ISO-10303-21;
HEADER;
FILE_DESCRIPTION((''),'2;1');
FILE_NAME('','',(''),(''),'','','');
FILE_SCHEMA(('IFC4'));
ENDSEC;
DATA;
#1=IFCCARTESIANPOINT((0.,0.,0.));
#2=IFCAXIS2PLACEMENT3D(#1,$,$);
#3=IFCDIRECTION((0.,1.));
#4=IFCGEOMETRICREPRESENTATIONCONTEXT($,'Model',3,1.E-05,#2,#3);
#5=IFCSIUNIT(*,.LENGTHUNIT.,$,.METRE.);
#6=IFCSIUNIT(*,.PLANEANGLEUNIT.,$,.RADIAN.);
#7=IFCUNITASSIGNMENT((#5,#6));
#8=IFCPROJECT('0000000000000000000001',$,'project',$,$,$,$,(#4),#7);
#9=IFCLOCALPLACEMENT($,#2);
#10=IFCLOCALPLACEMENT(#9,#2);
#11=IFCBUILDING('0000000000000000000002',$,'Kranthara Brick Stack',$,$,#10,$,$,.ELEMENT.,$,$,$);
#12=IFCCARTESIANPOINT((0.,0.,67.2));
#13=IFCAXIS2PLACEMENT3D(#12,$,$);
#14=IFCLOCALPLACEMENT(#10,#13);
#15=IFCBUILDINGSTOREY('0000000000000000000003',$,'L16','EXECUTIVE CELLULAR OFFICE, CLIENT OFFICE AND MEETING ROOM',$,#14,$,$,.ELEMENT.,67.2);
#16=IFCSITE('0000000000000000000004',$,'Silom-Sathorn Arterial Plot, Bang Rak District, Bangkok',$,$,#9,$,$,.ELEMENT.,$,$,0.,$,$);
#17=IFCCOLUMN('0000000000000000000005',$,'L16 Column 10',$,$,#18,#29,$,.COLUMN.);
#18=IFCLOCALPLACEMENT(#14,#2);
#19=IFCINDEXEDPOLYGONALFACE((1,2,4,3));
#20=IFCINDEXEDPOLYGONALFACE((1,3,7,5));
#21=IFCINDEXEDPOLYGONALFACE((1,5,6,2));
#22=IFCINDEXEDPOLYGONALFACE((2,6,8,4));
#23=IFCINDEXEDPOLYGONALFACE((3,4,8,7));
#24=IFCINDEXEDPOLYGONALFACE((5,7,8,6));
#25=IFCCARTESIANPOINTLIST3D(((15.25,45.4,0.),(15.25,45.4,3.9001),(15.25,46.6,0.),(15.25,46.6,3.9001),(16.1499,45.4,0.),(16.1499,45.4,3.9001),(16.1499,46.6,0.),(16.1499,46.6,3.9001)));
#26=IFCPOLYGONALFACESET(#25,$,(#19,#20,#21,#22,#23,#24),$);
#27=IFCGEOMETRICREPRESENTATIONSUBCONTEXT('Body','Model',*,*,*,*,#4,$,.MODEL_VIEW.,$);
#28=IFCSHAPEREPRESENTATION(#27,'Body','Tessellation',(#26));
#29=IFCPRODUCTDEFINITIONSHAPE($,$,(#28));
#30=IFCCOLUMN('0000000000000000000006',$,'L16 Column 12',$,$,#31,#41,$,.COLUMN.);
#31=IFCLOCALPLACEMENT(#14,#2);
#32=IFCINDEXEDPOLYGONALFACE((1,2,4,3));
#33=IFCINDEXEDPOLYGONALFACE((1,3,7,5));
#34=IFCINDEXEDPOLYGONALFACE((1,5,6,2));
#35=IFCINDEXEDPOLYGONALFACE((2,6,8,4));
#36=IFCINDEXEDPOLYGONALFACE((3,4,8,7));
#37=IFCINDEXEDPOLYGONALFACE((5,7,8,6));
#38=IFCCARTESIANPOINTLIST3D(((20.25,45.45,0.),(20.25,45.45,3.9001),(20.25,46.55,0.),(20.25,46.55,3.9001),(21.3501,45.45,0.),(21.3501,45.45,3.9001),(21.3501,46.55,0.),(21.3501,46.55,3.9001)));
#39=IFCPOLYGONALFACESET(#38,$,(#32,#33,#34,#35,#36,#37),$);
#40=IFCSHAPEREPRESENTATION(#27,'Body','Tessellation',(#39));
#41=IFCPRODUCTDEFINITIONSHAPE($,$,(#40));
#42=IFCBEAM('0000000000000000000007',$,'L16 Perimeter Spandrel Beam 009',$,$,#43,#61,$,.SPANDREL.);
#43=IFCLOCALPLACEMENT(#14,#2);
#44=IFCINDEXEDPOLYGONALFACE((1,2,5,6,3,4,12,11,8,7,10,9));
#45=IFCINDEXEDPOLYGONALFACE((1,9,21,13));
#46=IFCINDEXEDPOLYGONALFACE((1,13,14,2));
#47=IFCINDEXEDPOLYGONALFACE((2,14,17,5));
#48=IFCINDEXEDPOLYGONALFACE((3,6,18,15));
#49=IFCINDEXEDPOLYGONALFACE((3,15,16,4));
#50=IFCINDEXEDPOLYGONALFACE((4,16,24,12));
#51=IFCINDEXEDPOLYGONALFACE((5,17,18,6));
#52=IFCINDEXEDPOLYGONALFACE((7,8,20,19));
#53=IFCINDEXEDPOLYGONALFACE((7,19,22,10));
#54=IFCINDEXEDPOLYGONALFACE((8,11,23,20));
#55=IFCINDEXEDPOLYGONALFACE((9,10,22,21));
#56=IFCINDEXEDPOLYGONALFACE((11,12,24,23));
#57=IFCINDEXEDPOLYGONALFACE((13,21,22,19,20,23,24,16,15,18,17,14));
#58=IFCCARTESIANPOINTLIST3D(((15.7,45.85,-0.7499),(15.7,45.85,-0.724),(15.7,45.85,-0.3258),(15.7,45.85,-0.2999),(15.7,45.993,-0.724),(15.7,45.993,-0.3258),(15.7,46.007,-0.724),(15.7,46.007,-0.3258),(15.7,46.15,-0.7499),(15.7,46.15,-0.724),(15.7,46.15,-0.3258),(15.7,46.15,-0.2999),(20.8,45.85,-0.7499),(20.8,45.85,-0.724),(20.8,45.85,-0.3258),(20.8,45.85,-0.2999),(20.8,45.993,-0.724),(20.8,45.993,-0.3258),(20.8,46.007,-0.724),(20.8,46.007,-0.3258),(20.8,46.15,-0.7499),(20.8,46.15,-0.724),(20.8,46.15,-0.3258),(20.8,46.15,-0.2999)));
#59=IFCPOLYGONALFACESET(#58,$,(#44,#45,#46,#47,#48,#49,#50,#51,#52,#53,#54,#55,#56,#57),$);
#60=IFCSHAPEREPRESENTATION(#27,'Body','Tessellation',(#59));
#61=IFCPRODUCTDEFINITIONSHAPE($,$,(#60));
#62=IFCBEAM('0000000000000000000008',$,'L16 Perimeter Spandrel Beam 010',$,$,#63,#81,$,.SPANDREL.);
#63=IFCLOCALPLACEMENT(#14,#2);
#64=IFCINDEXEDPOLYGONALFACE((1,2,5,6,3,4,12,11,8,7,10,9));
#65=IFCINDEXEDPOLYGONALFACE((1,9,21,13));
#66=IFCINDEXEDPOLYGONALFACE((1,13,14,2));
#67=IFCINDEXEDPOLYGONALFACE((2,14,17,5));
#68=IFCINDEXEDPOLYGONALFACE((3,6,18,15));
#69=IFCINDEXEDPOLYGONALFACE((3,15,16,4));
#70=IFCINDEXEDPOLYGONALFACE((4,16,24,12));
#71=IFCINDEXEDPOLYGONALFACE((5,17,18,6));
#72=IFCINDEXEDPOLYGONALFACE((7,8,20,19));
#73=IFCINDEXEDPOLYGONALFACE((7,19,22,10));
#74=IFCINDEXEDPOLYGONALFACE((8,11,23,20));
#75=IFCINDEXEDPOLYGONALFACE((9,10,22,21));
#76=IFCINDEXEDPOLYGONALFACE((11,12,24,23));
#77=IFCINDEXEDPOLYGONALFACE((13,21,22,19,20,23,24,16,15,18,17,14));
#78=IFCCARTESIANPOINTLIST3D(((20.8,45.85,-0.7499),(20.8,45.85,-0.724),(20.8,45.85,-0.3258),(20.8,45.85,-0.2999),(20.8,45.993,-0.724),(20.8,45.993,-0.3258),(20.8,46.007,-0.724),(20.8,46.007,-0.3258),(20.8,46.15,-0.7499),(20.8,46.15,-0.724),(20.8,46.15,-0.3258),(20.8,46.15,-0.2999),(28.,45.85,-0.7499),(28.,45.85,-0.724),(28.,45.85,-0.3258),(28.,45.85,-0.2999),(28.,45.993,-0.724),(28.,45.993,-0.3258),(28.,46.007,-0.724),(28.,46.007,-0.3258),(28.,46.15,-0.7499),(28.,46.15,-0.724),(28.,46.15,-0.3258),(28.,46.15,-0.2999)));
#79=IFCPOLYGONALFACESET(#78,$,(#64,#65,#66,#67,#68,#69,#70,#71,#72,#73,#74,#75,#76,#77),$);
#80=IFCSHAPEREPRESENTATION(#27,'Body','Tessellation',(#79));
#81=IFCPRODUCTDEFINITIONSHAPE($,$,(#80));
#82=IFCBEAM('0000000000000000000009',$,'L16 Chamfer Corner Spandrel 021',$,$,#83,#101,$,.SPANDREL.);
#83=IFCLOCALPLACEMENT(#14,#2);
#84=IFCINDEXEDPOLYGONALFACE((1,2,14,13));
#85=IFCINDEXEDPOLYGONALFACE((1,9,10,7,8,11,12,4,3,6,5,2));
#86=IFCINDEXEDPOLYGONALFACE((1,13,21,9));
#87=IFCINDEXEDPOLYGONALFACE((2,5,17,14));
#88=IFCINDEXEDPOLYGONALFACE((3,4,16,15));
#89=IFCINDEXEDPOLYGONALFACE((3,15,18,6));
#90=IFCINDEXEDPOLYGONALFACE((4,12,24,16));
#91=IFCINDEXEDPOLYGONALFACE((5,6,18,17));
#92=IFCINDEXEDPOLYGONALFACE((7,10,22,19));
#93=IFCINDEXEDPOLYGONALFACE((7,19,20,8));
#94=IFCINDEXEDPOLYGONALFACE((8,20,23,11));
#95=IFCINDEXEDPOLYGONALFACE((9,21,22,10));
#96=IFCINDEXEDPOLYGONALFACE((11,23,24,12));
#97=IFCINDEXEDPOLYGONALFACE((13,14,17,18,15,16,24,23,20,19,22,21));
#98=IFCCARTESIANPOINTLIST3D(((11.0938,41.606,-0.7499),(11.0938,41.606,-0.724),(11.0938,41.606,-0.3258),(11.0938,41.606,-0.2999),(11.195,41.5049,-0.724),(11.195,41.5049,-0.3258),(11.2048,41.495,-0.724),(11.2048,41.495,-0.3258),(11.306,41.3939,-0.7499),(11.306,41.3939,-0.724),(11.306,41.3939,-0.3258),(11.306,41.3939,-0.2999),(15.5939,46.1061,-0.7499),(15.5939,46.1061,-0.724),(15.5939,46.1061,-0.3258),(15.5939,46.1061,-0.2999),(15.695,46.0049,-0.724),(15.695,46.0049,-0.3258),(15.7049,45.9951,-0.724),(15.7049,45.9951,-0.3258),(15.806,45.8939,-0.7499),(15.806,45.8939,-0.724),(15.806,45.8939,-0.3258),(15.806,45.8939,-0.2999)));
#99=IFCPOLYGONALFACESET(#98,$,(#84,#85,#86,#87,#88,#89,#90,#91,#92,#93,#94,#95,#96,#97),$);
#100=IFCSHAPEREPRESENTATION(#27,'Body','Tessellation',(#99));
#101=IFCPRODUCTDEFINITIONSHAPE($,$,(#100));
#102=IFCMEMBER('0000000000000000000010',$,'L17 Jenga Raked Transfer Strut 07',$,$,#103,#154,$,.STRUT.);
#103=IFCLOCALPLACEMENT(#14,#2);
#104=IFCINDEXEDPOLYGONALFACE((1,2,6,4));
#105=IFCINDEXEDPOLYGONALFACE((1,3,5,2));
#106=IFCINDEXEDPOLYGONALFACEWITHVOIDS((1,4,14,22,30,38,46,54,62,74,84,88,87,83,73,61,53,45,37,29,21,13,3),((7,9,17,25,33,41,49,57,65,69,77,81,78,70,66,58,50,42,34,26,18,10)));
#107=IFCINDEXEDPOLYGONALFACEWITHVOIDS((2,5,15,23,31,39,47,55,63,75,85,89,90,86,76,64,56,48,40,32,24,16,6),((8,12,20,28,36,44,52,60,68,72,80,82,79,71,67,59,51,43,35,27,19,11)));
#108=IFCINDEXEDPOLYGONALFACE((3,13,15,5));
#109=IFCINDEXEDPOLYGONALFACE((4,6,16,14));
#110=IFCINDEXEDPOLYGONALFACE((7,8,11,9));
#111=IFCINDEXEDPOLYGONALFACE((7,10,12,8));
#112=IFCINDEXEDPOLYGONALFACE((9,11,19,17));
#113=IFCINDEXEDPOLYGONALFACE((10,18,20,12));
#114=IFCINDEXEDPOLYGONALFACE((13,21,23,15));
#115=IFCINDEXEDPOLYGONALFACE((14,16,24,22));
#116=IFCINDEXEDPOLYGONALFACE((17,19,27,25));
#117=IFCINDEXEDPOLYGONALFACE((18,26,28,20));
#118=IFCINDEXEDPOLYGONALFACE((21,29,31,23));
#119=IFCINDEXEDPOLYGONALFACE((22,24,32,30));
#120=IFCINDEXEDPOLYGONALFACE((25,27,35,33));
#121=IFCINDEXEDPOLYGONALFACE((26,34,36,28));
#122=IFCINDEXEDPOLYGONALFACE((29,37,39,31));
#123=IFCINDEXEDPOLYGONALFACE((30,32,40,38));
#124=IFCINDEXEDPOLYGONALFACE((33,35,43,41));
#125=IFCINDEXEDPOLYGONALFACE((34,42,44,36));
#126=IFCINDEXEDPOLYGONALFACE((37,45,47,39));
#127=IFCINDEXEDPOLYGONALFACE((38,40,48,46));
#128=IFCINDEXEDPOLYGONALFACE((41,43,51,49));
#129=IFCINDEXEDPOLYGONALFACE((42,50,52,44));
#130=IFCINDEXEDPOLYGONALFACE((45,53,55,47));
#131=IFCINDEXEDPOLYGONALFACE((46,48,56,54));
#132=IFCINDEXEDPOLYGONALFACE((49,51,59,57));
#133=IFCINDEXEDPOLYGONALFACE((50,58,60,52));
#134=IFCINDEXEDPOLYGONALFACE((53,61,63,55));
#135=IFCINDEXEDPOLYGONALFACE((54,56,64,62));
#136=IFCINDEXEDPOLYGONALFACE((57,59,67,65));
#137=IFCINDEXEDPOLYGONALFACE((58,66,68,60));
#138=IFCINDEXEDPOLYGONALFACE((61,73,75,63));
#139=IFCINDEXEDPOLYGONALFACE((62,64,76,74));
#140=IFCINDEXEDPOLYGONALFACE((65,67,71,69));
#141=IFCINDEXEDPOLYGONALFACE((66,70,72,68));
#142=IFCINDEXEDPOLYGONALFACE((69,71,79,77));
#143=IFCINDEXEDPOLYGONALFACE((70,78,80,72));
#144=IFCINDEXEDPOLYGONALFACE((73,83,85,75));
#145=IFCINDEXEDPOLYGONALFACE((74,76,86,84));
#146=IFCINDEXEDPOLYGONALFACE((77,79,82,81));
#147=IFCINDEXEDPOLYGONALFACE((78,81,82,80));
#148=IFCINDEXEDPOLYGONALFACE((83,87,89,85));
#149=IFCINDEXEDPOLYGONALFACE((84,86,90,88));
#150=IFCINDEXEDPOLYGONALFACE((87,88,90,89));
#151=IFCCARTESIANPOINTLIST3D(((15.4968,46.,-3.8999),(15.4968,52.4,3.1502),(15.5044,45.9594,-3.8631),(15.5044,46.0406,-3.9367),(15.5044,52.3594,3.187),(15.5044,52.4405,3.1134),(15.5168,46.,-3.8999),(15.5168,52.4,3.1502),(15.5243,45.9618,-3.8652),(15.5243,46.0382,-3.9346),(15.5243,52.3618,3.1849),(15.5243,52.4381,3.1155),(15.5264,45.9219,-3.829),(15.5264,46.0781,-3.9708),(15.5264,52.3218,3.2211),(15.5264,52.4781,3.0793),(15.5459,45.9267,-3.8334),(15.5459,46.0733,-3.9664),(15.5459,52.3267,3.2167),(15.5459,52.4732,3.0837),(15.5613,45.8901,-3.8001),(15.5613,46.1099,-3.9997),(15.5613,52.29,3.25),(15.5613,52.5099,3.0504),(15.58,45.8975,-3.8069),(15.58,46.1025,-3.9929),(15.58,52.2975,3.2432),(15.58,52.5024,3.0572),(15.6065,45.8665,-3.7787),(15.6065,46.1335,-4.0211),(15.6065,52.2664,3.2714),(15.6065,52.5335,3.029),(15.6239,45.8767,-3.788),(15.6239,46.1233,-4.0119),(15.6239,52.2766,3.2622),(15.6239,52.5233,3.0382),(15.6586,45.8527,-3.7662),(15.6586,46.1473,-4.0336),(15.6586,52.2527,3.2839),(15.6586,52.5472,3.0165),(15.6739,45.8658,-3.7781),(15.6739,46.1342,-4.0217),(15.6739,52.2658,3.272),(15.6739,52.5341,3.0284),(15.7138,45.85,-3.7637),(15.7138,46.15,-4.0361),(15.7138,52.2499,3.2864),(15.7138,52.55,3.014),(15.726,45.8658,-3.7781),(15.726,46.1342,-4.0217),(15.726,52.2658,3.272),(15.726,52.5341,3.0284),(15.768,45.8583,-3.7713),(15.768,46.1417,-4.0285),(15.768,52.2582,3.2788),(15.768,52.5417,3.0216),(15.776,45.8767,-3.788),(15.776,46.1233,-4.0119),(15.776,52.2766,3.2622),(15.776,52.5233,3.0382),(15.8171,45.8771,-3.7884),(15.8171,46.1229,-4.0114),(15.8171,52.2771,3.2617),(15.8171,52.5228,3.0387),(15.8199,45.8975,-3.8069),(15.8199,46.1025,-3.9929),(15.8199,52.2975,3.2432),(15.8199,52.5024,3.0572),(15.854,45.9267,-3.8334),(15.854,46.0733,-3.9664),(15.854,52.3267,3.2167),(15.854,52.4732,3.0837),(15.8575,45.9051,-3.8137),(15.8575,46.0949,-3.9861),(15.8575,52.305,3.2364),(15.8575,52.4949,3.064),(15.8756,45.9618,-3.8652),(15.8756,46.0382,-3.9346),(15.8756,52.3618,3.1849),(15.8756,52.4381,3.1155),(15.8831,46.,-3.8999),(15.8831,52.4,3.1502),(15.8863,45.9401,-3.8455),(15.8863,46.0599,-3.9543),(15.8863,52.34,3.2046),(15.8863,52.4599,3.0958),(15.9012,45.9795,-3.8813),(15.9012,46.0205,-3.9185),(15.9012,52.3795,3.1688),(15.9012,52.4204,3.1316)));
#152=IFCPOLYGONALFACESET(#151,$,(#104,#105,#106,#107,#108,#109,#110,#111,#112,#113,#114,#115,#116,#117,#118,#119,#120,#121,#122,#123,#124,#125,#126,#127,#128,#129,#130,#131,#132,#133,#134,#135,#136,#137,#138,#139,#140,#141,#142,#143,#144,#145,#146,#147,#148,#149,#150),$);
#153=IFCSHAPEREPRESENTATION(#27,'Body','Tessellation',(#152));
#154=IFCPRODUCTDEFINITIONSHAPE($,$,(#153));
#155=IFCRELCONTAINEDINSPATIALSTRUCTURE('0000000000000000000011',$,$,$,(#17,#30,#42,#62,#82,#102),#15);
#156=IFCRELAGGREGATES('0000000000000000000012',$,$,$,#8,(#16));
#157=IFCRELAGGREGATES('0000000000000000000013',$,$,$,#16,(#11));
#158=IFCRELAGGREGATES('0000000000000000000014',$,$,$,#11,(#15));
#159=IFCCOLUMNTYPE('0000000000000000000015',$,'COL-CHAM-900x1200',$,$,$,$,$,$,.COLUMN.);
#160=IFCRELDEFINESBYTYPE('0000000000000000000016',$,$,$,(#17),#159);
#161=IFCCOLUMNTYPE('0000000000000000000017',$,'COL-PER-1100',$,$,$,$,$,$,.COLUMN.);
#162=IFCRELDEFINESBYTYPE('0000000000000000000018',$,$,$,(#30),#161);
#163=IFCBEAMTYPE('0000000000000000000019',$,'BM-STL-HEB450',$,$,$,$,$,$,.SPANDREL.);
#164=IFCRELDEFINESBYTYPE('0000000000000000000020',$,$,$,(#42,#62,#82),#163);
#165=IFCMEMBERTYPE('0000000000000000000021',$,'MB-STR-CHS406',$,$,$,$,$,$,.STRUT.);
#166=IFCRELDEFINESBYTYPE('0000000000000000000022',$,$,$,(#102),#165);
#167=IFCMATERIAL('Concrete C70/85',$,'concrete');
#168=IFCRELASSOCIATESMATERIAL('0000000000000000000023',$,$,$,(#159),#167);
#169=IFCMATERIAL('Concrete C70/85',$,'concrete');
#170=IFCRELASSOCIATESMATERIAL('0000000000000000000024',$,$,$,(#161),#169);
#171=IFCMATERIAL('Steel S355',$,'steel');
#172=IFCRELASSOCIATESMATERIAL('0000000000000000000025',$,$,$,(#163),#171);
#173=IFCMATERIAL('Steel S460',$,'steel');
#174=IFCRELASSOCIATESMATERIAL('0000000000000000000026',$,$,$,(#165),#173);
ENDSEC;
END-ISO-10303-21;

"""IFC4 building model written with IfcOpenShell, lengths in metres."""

from ifc_helpers import new_model, si_unit, direction, frame, origin, origin_2d, place, context, subcontext, project, spatial, rectangle, hollow_circle, i_section, extrude, material, material_profile, profile_set, type_object, element, save


model = new_model("IFC4")

# Units and contexts
model_context = context("Model", 3, precision=1e-05, world=origin(), true_north=direction((0.0, 1.0)))
body_context = subcontext(model_context, "Body", "Model", "MODEL_VIEW")
ifc_project = project(units=[si_unit("LENGTHUNIT", "METRE"), si_unit("PLANEANGLEUNIT", "RADIAN")], contexts=[model_context])

# Site, building, storey
site_placement = place(None, origin())
site = spatial("IfcSite", under=ifc_project, at=site_placement, Name="Silom-Sathorn Arterial Plot, Bang Rak District, Bangkok", CompositionType="ELEMENT", RefElevation=0.0)
building_placement = place(site_placement, origin())
building = spatial("IfcBuilding", under=site, at=building_placement, Name="Kranthara Brick Stack", CompositionType="ELEMENT")
storey_placement = place(building_placement, frame((0.0, 0.0, 67.2)))
storey = spatial("IfcBuildingStorey", under=building, at=storey_placement, Name="L16", Description="EXECUTIVE CELLULAR OFFICE, CLIENT OFFICE AND MEETING ROOM", CompositionType="ELEMENT", Elevation=67.2)

# Columns
ifc_material_1 = material(Name="Concrete C70/85", Category="concrete")
ifc_material_profile_1 = material_profile(ifc_material_1, rectangle(XDim=0.8999, YDim=1.2, at=origin_2d()), Name="RC 900x1200")
ifc_profile_set_1 = profile_set([ifc_material_profile_1], Name="Concrete C70/85")
column_type_1 = type_object("IfcColumnType", Name="COL-CHAM-900x1200", PredefinedType="COLUMN", material=ifc_profile_set_1)
column_1_placement = place(storey_placement, frame((15.7, 46.0, 0.0), z_axis=(0.0, 0.0, 1.0), x_axis=(1.0, 0.0, 0.0)))
element("IfcColumn", 1, at=column_1_placement, inside=storey, type_object=column_type_1, Name="L16 Column 10", PredefinedType="COLUMN", context=body_context, shape_type="SweptSolid", body=[
    extrude(rectangle(XDim=0.8999, YDim=1.2, at=origin_2d()), origin(), (0.0, 0.0, 1.0), 3.9001),
])
ifc_material_2 = material(Name="Concrete C70/85", Category="concrete")
ifc_material_profile_2 = material_profile(ifc_material_2, rectangle(XDim=1.1001, YDim=1.1001, at=origin_2d()), Name="RC 1100x1100")
ifc_profile_set_2 = profile_set([ifc_material_profile_2], Name="Concrete C70/85")
column_type_2 = type_object("IfcColumnType", Name="COL-PER-1100", PredefinedType="COLUMN", material=ifc_profile_set_2)
column_2_placement = place(storey_placement, frame((20.8, 46.0, 0.0), z_axis=(0.0, 0.0, 1.0), x_axis=(1.0, 0.0, 0.0)))
element("IfcColumn", 2, at=column_2_placement, inside=storey, type_object=column_type_2, Name="L16 Column 12", PredefinedType="COLUMN", context=body_context, shape_type="SweptSolid", body=[
    extrude(rectangle(XDim=1.1001, YDim=1.1001, at=origin_2d()), origin(), (0.0, 0.0, 1.0), 3.9001),
])

# Beams
ifc_material_3 = material(Name="Steel S355", Category="steel")
ifc_material_profile_3 = material_profile(ifc_material_3, i_section(OverallWidth=0.3, OverallDepth=0.45, WebThickness=0.0139, FlangeThickness=0.0259, at=origin_2d()), Name="HEB 450")
ifc_profile_set_3 = profile_set([ifc_material_profile_3], Name="Steel S355")
beam_type = type_object("IfcBeamType", Name="BM-STL-HEB450", PredefinedType="SPANDREL", material=ifc_profile_set_3)
beam_1_placement = place(storey_placement, frame((15.7, 46.0, -0.5249), z_axis=(1.0, 0.0, 0.0), x_axis=(0.0, 1.0, 0.0)))
element("IfcBeam", 3, at=beam_1_placement, inside=storey, type_object=beam_type, Name="L16 Perimeter Spandrel Beam 009", PredefinedType="SPANDREL", context=body_context, shape_type="SweptSolid", body=[
    extrude(i_section(OverallWidth=0.3, OverallDepth=0.45, WebThickness=0.0139, FlangeThickness=0.0259, at=origin_2d()), origin(), (0.0, 0.0, 1.0), 5.1001),
])
beam_2_placement = place(storey_placement, frame((20.8, 46.0, -0.5249), z_axis=(1.0, 0.0, 0.0), x_axis=(0.0, 1.0, 0.0)))
element("IfcBeam", 4, at=beam_2_placement, inside=storey, type_object=beam_type, Name="L16 Perimeter Spandrel Beam 010", PredefinedType="SPANDREL", context=body_context, shape_type="SweptSolid", body=[
    extrude(i_section(OverallWidth=0.3, OverallDepth=0.45, WebThickness=0.0139, FlangeThickness=0.0259, at=origin_2d()), origin(), (0.0, 0.0, 1.0), 7.2),
])
beam_3_placement = place(storey_placement, frame((15.7, 46.0, -0.5249), z_axis=(-0.707107, -0.707107, 0.0), x_axis=(0.707107, -0.707107, 0.0)))
element("IfcBeam", 5, at=beam_3_placement, inside=storey, type_object=beam_type, Name="L16 Chamfer Corner Spandrel 021", PredefinedType="SPANDREL", context=body_context, shape_type="SweptSolid", body=[
    extrude(i_section(OverallWidth=0.3, OverallDepth=0.45, WebThickness=0.0139, FlangeThickness=0.0259, at=origin_2d()), origin(), (0.0, 0.0, 1.0), 6.364),
])

# Member
ifc_material_4 = material(Name="Steel S460", Category="steel")
ifc_material_profile_4 = material_profile(ifc_material_4, hollow_circle(Radius=0.2031, WallThickness=0.02, at=origin_2d()), Name="CHS 406.4x20")
ifc_profile_set_4 = profile_set([ifc_material_profile_4], Name="Steel S460")
member_type = type_object("IfcMemberType", Name="MB-STR-CHS406", PredefinedType="STRUT", material=ifc_profile_set_4)
for number, where, z_axis, x_axis, name in (
    (6, (15.7, 46.0, -3.8999), (0.0, 0.672142, 0.740423), (-1.0, 0.0, 0.0), "L17 Jenga Raked Transfer Strut 07"),
):
    element("IfcMember", number, at=place(storey_placement, frame(where, z_axis=z_axis, x_axis=x_axis)), inside=storey, type_object=member_type, Name=name, PredefinedType="STRUT", context=body_context, shape_type="SweptSolid", body=[
        extrude(hollow_circle(Radius=0.2031, WallThickness=0.02, at=origin_2d()), origin(), (0.0, 0.0, 1.0), 9.5217),
    ])

save(model, "model.ifc")
